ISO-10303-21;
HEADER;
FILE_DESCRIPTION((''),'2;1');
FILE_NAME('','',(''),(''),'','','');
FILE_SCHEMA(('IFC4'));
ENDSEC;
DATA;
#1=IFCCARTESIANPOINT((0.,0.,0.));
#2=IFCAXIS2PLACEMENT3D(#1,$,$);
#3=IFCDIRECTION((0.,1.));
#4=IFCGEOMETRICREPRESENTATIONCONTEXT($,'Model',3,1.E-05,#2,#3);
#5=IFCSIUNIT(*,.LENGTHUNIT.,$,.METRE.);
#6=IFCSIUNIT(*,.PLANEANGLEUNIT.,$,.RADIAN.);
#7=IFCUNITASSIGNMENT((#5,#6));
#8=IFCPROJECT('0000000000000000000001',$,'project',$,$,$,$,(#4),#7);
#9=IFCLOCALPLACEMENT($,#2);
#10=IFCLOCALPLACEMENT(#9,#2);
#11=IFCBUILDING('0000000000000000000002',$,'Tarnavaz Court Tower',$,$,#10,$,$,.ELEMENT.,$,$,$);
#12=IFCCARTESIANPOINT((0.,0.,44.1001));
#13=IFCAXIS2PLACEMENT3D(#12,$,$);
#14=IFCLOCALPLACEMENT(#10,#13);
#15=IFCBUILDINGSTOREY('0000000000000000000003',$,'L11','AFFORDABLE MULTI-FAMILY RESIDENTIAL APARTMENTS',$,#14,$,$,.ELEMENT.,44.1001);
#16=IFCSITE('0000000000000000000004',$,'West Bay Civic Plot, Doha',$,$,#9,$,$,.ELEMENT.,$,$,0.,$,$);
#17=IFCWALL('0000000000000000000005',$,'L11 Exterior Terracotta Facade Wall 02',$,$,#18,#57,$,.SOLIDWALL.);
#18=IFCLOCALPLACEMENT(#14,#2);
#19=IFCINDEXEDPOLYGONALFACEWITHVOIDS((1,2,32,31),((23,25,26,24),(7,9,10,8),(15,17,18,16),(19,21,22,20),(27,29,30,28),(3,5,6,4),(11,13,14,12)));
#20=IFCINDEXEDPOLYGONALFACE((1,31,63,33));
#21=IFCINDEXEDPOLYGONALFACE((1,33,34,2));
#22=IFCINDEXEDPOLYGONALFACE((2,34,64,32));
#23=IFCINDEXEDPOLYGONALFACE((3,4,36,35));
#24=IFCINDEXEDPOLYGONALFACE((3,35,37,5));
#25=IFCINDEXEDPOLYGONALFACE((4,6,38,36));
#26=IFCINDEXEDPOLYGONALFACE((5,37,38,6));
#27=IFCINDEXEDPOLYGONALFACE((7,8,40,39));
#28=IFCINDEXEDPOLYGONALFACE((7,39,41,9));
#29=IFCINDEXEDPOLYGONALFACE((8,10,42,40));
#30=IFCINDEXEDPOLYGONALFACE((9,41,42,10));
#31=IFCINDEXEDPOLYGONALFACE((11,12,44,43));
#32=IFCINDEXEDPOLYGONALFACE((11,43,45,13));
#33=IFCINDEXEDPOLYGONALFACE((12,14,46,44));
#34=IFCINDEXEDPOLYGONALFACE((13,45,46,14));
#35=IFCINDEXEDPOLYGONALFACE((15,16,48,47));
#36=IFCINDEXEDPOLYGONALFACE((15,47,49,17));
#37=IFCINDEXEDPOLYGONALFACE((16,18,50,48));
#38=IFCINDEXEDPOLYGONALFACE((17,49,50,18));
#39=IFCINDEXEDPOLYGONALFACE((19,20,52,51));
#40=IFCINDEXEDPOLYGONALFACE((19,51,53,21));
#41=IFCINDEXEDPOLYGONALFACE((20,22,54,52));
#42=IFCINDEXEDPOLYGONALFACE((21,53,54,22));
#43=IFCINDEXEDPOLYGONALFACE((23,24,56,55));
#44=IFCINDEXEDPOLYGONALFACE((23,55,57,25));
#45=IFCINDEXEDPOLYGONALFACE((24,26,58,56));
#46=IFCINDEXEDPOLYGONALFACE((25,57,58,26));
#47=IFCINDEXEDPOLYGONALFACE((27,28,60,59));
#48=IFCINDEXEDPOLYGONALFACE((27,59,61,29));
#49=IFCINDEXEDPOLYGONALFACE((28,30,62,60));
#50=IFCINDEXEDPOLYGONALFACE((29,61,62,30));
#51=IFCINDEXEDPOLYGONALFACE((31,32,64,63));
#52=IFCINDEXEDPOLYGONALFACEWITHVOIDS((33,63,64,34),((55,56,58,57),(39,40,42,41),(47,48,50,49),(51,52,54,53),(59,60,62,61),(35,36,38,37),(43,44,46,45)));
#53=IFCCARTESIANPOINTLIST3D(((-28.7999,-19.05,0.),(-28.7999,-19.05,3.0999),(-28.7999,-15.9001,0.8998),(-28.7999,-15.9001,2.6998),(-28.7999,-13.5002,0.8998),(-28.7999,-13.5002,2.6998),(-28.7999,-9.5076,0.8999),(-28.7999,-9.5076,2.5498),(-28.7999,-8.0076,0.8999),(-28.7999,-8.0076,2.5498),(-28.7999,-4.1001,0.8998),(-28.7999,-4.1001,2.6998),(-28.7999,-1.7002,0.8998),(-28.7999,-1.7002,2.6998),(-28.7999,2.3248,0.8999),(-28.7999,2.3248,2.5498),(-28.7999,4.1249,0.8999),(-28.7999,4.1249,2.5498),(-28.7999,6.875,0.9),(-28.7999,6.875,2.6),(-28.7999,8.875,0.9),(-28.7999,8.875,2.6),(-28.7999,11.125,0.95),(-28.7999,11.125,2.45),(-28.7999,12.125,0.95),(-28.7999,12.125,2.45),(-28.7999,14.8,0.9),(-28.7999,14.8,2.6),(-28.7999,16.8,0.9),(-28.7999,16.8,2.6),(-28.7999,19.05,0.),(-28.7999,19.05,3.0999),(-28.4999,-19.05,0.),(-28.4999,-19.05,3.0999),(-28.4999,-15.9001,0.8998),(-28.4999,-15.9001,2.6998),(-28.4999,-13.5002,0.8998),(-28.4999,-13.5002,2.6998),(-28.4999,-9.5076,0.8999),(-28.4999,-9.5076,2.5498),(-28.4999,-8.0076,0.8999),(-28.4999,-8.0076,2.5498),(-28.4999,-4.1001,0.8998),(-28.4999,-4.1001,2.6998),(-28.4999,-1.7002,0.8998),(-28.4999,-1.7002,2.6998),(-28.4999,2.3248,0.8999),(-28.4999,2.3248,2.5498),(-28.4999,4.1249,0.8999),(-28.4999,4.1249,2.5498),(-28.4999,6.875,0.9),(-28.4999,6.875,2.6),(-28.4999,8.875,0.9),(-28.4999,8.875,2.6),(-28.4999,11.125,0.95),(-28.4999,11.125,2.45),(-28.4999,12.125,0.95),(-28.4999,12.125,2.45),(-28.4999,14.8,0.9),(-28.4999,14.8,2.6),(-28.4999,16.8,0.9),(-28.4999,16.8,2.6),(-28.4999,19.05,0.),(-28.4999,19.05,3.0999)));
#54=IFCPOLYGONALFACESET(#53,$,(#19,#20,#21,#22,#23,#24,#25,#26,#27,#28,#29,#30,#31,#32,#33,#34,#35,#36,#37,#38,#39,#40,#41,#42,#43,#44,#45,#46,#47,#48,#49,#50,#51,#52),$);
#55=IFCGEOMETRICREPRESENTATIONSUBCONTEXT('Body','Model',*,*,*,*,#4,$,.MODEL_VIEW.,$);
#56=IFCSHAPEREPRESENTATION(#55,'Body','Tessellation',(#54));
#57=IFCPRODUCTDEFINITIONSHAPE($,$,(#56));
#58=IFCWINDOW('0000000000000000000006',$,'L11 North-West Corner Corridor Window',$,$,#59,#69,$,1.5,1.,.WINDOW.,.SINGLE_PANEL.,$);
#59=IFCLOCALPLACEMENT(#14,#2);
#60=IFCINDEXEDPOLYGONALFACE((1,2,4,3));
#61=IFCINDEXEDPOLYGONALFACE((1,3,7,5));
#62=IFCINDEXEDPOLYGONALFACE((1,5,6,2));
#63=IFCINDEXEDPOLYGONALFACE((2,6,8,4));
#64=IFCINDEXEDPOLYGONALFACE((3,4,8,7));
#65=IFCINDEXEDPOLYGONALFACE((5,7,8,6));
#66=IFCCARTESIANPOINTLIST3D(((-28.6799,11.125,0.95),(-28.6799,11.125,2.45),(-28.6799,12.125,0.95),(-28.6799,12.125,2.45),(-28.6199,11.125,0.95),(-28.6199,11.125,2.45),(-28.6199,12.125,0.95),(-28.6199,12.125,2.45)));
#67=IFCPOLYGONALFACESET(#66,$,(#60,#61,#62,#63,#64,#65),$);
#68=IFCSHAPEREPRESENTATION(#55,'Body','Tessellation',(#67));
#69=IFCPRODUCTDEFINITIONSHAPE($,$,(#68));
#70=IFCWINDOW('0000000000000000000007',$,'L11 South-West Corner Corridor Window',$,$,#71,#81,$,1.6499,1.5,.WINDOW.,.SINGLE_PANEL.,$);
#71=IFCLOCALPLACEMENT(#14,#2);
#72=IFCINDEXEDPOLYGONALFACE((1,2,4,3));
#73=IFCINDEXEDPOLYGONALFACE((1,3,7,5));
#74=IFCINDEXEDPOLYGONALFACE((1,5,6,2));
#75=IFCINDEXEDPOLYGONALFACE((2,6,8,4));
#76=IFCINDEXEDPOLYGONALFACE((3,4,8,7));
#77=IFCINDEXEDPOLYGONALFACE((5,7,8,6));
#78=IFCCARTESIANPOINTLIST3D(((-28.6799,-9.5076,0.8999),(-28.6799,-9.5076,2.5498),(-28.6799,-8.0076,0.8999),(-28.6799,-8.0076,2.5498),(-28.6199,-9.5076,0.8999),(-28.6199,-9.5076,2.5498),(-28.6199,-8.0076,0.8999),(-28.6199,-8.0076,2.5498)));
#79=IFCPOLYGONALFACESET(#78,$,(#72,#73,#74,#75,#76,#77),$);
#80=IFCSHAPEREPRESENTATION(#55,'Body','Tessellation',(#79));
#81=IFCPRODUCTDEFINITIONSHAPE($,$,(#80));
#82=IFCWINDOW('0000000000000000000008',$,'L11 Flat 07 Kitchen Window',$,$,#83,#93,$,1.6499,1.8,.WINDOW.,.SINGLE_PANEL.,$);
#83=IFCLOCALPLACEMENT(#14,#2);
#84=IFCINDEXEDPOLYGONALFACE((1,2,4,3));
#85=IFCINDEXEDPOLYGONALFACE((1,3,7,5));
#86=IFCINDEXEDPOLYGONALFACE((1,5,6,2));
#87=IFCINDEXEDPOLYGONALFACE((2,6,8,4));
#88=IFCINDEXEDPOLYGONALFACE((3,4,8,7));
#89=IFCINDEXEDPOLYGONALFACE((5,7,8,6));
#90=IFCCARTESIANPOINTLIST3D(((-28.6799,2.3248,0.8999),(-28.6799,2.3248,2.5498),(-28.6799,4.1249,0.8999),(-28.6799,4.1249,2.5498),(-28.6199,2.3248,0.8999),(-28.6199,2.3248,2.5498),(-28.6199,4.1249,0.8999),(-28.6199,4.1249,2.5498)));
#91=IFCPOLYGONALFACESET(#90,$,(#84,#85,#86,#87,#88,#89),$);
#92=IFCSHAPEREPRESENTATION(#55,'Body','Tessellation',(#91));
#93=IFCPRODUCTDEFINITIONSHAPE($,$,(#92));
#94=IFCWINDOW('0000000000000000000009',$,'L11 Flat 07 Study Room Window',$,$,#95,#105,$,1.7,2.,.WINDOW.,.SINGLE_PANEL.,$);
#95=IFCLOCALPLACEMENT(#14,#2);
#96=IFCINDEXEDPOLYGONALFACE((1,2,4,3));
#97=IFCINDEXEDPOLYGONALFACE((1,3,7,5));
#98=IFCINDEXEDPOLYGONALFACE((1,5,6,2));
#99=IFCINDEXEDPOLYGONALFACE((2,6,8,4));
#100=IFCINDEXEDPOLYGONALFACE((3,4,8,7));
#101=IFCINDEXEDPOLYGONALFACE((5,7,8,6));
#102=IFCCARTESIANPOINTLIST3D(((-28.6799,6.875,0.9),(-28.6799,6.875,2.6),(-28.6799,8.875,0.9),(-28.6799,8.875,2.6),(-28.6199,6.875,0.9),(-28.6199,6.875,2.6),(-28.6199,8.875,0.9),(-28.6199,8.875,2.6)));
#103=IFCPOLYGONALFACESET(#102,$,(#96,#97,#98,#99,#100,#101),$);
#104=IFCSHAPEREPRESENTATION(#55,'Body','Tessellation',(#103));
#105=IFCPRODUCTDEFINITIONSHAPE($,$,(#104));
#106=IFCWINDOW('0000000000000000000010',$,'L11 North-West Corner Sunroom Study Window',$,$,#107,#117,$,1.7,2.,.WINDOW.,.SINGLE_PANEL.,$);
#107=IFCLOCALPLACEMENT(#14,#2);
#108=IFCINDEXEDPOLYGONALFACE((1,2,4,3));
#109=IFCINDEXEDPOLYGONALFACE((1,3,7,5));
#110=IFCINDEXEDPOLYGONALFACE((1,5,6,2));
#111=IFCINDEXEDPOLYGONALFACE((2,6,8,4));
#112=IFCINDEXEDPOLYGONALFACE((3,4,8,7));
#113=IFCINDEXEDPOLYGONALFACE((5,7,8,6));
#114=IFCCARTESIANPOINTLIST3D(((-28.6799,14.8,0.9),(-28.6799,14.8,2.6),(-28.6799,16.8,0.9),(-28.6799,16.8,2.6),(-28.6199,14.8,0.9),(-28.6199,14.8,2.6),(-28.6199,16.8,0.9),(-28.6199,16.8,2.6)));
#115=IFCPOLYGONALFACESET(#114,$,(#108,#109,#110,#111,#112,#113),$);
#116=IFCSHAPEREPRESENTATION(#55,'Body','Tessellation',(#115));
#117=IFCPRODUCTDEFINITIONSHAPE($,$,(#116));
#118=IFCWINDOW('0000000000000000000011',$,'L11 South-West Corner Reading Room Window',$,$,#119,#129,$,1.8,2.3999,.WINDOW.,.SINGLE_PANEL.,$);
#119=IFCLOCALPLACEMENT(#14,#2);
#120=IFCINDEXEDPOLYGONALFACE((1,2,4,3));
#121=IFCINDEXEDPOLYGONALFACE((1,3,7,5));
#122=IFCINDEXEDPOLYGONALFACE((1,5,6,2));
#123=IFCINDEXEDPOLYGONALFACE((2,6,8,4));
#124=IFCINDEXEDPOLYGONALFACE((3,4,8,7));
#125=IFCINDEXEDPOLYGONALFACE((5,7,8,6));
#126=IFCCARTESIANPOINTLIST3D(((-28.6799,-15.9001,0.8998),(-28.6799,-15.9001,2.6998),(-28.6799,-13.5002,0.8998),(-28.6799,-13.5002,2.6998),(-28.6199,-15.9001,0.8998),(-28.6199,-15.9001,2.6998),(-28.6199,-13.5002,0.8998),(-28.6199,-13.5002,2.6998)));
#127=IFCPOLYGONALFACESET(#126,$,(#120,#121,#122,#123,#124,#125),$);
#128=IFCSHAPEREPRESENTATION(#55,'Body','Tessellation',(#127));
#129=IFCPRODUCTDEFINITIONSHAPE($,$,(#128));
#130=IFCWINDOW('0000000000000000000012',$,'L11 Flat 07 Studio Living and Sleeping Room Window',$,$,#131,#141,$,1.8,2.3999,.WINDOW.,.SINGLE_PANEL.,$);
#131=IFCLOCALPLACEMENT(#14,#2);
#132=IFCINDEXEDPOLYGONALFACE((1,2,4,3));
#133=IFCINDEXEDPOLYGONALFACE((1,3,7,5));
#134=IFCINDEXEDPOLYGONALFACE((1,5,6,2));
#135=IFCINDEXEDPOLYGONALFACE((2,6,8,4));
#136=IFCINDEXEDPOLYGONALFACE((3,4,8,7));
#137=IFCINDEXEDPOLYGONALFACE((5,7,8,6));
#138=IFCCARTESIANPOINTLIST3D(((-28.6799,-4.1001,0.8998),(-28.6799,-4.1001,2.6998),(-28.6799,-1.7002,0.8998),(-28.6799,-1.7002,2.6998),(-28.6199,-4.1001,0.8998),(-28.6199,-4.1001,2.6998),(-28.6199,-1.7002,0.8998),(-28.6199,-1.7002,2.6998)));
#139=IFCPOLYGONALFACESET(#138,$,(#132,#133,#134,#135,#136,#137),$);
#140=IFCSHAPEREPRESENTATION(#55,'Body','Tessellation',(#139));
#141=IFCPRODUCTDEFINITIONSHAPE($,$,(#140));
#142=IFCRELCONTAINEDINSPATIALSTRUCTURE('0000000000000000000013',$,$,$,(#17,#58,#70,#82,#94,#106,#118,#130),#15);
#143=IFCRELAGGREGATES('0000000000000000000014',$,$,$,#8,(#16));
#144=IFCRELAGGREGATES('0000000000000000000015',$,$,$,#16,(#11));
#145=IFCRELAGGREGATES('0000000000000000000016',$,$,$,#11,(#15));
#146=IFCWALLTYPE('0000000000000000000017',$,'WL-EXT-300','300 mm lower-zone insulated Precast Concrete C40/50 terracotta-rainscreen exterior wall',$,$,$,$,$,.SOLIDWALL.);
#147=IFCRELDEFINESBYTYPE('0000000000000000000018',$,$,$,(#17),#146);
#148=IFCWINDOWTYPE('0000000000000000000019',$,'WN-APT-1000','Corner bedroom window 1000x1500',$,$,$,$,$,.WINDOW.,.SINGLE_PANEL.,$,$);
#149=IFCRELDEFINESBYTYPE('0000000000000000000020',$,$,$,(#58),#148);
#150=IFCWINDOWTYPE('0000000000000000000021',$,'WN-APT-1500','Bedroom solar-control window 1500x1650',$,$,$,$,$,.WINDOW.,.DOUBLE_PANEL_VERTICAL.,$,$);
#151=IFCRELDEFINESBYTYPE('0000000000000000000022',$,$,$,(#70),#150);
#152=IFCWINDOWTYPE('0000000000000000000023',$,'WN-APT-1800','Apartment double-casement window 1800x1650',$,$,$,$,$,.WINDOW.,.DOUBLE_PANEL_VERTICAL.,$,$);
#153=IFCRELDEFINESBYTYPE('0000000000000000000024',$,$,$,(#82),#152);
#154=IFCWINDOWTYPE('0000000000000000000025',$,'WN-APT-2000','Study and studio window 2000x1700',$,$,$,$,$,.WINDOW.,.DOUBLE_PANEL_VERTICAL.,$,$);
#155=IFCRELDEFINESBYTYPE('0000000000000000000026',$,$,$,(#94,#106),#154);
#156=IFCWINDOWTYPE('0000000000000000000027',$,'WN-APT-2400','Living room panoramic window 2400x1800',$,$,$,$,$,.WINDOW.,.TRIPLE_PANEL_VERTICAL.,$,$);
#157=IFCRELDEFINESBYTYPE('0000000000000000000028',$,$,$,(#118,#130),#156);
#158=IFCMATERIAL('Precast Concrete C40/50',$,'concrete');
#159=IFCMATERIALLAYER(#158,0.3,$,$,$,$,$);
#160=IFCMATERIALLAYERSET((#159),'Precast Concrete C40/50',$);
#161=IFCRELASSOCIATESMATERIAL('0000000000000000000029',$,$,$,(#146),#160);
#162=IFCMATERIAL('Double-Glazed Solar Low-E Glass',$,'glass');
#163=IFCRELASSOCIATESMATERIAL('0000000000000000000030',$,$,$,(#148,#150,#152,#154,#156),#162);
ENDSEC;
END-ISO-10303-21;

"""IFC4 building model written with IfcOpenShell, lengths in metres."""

from ifc_helpers import new_model, si_unit, direction, frame, frame_2d, origin, place, context, subcontext, project, spatial, rectangle, extrude, material, layer, layer_set, type_object, element, fill, save


model = new_model("IFC4")

# Units and contexts
model_context = context("Model", 3, precision=1e-05, world=origin(), true_north=direction((0.0, 1.0)))
body_context = subcontext(model_context, "Body", "Model", "MODEL_VIEW")
ifc_project = project(units=[si_unit("LENGTHUNIT", "METRE"), si_unit("PLANEANGLEUNIT", "RADIAN")], contexts=[model_context])

# Site, building, storey
site_placement = place(None, origin())
site = spatial("IfcSite", under=ifc_project, at=site_placement, Name="West Bay Civic Plot, Doha", CompositionType="ELEMENT", RefElevation=0.0)
building_placement = place(site_placement, origin())
building = spatial("IfcBuilding", under=site, at=building_placement, Name="Tarnavaz Court Tower", CompositionType="ELEMENT")
storey_placement = place(building_placement, frame((0.0, 0.0, 44.1001)))
storey = spatial("IfcBuildingStorey", under=building, at=storey_placement, Name="L11", Description="AFFORDABLE MULTI-FAMILY RESIDENTIAL APARTMENTS", CompositionType="ELEMENT", Elevation=44.1001)

# Wall, openings, windows
ifc_material_1 = material(Name="Precast Concrete C40/50", Category="concrete")
ifc_layer_1 = layer(ifc_material_1, 0.3)
ifc_layer_set_1 = layer_set([ifc_layer_1], Name="Precast Concrete C40/50")
wall_type_1 = type_object("IfcWallType", Name="WL-EXT-300", Description="300 mm lower-zone insulated Precast Concrete C40/50 terracotta-rainscreen exterior wall", PredefinedType="SOLIDWALL", material=ifc_layer_set_1)
wall_1_placement = place(storey_placement, frame((-28.6499, -19.05, 0.0), z_axis=(0.0, 0.0, 1.0), x_axis=(0.0, 1.0, 0.0)))
wall_1 = element("IfcWall", 1, at=wall_1_placement, inside=storey, type_object=wall_type_1, Name="L11 Exterior Terracotta Facade Wall 02", PredefinedType="SOLIDWALL", context=body_context, shape_type="SweptSolid", body=[
    extrude(rectangle(XDim=38.1001, YDim=0.3, at=frame_2d((19.05, 0.0))), origin(), (0.0, 0.0, 1.0), 3.0999),
])
opening_1_placement = place(wall_1_placement, frame((3.1499, 0.0, 0.8999)))
opening_1 = element("IfcOpeningElement", 2, at=opening_1_placement, cuts=wall_1, PredefinedType="OPENING", context=body_context, shape_type="SweptSolid", body=[
    extrude(rectangle(XDim=2.3999, YDim=1.8, at=frame_2d((1.2, 0.8999))), frame((0.0, 0.1599, 0.0), z_axis=(0.0, -1.0, 0.0), x_axis=(1.0, 0.0, 0.0)), (0.0, 0.0, 1.0), 0.3201),
])
opening_2_placement = place(wall_1_placement, frame((9.5425, 0.0, 0.8999)))
opening_2 = element("IfcOpeningElement", 3, at=opening_2_placement, cuts=wall_1, PredefinedType="OPENING", context=body_context, shape_type="SweptSolid", body=[
    extrude(rectangle(XDim=1.5, YDim=1.6499, at=frame_2d((0.75, 0.825))), frame((0.0, 0.1599, 0.0), z_axis=(0.0, -1.0, 0.0), x_axis=(1.0, 0.0, 0.0)), (0.0, 0.0, 1.0), 0.3201),
])
opening_3_placement = place(wall_1_placement, frame((14.95, 0.0, 0.8999)))
opening_3 = element("IfcOpeningElement", 4, at=opening_3_placement, cuts=wall_1, PredefinedType="OPENING", context=body_context, shape_type="SweptSolid", body=[
    extrude(rectangle(XDim=2.3999, YDim=1.8, at=frame_2d((1.2, 0.8999))), frame((0.0, 0.1599, 0.0), z_axis=(0.0, -1.0, 0.0), x_axis=(1.0, 0.0, 0.0)), (0.0, 0.0, 1.0), 0.3201),
])
opening_4_placement = place(wall_1_placement, frame((21.375, 0.0, 0.8999)))
opening_4 = element("IfcOpeningElement", 5, at=opening_4_placement, cuts=wall_1, PredefinedType="OPENING", context=body_context, shape_type="SweptSolid", body=[
    extrude(rectangle(XDim=1.8, YDim=1.6499, at=frame_2d((0.8999, 0.825))), frame((0.0, 0.1599, 0.0), z_axis=(0.0, -1.0, 0.0), x_axis=(1.0, 0.0, 0.0)), (0.0, 0.0, 1.0), 0.3201),
])
opening_5_placement = place(wall_1_placement, frame((25.925, 0.0, 0.8999)))
opening_5 = element("IfcOpeningElement", 6, at=opening_5_placement, cuts=wall_1, PredefinedType="OPENING", context=body_context, shape_type="SweptSolid", body=[
    extrude(rectangle(XDim=2.0, YDim=1.7, at=frame_2d((1.0, 0.8501))), frame((0.0, 0.1599, 0.0), z_axis=(0.0, -1.0, 0.0), x_axis=(1.0, 0.0, 0.0)), (0.0, 0.0, 1.0), 0.3201),
])
opening_6_placement = place(wall_1_placement, frame((30.175, 0.0, 0.95)))
opening_6 = element("IfcOpeningElement", 7, at=opening_6_placement, cuts=wall_1, PredefinedType="OPENING", context=body_context, shape_type="SweptSolid", body=[
    extrude(rectangle(XDim=1.0, YDim=1.5, at=frame_2d((0.5, 0.75))), frame((0.0, 0.1599, 0.0), z_axis=(0.0, -1.0, 0.0), x_axis=(1.0, 0.0, 0.0)), (0.0, 0.0, 1.0), 0.3201),
])
opening_7_placement = place(wall_1_placement, frame((33.8501, 0.0, 0.8999)))
opening_7 = element("IfcOpeningElement", 8, at=opening_7_placement, cuts=wall_1, PredefinedType="OPENING", context=body_context, shape_type="SweptSolid", body=[
    extrude(rectangle(XDim=2.0, YDim=1.7, at=frame_2d((1.0, 0.8501))), frame((0.0, 0.1599, 0.0), z_axis=(0.0, -1.0, 0.0), x_axis=(1.0, 0.0, 0.0)), (0.0, 0.0, 1.0), 0.3201),
])
ifc_material_2 = material(Name="Double-Glazed Solar Low-E Glass", Category="glass")
window_type_1 = type_object("IfcWindowType", Name="WN-APT-1000", Description="Corner bedroom window 1000x1500", PartitioningType="SINGLE_PANEL", PredefinedType="WINDOW", material=ifc_material_2)
window_1_placement = place(opening_6_placement, origin())
window_1 = element("IfcWindow", 9, at=window_1_placement, inside=storey, type_object=window_type_1, Name="L11 North-West Corner Corridor Window", OverallHeight=1.5, OverallWidth=1.0, PartitioningType="SINGLE_PANEL", PredefinedType="WINDOW", context=body_context, shape_type="SweptSolid", body=[
    extrude(rectangle(XDim=1.0, YDim=1.5, at=frame_2d((0.5, 0.75))), frame((0.0, 0.03, 0.0), z_axis=(0.0, -1.0, 0.0), x_axis=(1.0, 0.0, 0.0)), (0.0, 0.0, 1.0), 0.0601),
])
fill(opening_6, window_1)
window_type_2 = type_object("IfcWindowType", Name="WN-APT-1500", Description="Bedroom solar-control window 1500x1650", PartitioningType="DOUBLE_PANEL_VERTICAL", PredefinedType="WINDOW", material=ifc_material_2)
window_2_placement = place(opening_2_placement, origin())
window_2 = element("IfcWindow", 10, at=window_2_placement, inside=storey, type_object=window_type_2, Name="L11 South-West Corner Corridor Window", OverallHeight=1.6499, OverallWidth=1.5, PartitioningType="SINGLE_PANEL", PredefinedType="WINDOW", context=body_context, shape_type="SweptSolid", body=[
    extrude(rectangle(XDim=1.5, YDim=1.6499, at=frame_2d((0.75, 0.825))), frame((0.0, 0.03, 0.0), z_axis=(0.0, -1.0, 0.0), x_axis=(1.0, 0.0, 0.0)), (0.0, 0.0, 1.0), 0.0601),
])
fill(opening_2, window_2)
window_type_3 = type_object("IfcWindowType", Name="WN-APT-1800", Description="Apartment double-casement window 1800x1650", PartitioningType="DOUBLE_PANEL_VERTICAL", PredefinedType="WINDOW", material=ifc_material_2)
window_3_placement = place(opening_4_placement, origin())
window_3 = element("IfcWindow", 11, at=window_3_placement, inside=storey, type_object=window_type_3, Name="L11 Flat 07 Kitchen Window", OverallHeight=1.6499, OverallWidth=1.8, PartitioningType="SINGLE_PANEL", PredefinedType="WINDOW", context=body_context, shape_type="SweptSolid", body=[
    extrude(rectangle(XDim=1.8, YDim=1.6499, at=frame_2d((0.8999, 0.825))), frame((0.0, 0.03, 0.0), z_axis=(0.0, -1.0, 0.0), x_axis=(1.0, 0.0, 0.0)), (0.0, 0.0, 1.0), 0.0601),
])
fill(opening_4, window_3)
window_type_4 = type_object("IfcWindowType", Name="WN-APT-2000", Description="Study and studio window 2000x1700", PartitioningType="DOUBLE_PANEL_VERTICAL", PredefinedType="WINDOW", material=ifc_material_2)
window_4_placement = place(opening_5_placement, origin())
window_4 = element("IfcWindow", 12, at=window_4_placement, inside=storey, type_object=window_type_4, Name="L11 Flat 07 Study Room Window", OverallHeight=1.7, OverallWidth=2.0, PartitioningType="SINGLE_PANEL", PredefinedType="WINDOW", context=body_context, shape_type="SweptSolid", body=[
    extrude(rectangle(XDim=2.0, YDim=1.7, at=frame_2d((1.0, 0.8501))), frame((0.0, 0.03, 0.0), z_axis=(0.0, -1.0, 0.0), x_axis=(1.0, 0.0, 0.0)), (0.0, 0.0, 1.0), 0.0601),
])
fill(opening_5, window_4)
window_5_placement = place(opening_7_placement, origin())
window_5 = element("IfcWindow", 13, at=window_5_placement, inside=storey, type_object=window_type_4, Name="L11 North-West Corner Sunroom Study Window", OverallHeight=1.7, OverallWidth=2.0, PartitioningType="SINGLE_PANEL", PredefinedType="WINDOW", context=body_context, shape_type="SweptSolid", body=[
    extrude(rectangle(XDim=2.0, YDim=1.7, at=frame_2d((1.0, 0.8501))), frame((0.0, 0.03, 0.0), z_axis=(0.0, -1.0, 0.0), x_axis=(1.0, 0.0, 0.0)), (0.0, 0.0, 1.0), 0.0601),
])
fill(opening_7, window_5)
window_type_5 = type_object("IfcWindowType", Name="WN-APT-2400", Description="Living room panoramic window 2400x1800", PartitioningType="TRIPLE_PANEL_VERTICAL", PredefinedType="WINDOW", material=ifc_material_2)
window_6_placement = place(opening_1_placement, origin())
window_6 = element("IfcWindow", 14, at=window_6_placement, inside=storey, type_object=window_type_5, Name="L11 South-West Corner Reading Room Window", OverallHeight=1.8, OverallWidth=2.3999, PartitioningType="SINGLE_PANEL", PredefinedType="WINDOW", context=body_context, shape_type="SweptSolid", body=[
    extrude(rectangle(XDim=2.3999, YDim=1.8, at=frame_2d((1.2, 0.8999))), frame((0.0, 0.03, 0.0), z_axis=(0.0, -1.0, 0.0), x_axis=(1.0, 0.0, 0.0)), (0.0, 0.0, 1.0), 0.0601),
])
fill(opening_1, window_6)
window_7_placement = place(opening_3_placement, origin())
window_7 = element("IfcWindow", 15, at=window_7_placement, inside=storey, type_object=window_type_5, Name="L11 Flat 07 Studio Living and Sleeping Room Window", OverallHeight=1.8, OverallWidth=2.3999, PartitioningType="SINGLE_PANEL", PredefinedType="WINDOW", context=body_context, shape_type="SweptSolid", body=[
    extrude(rectangle(XDim=2.3999, YDim=1.8, at=frame_2d((1.2, 0.8999))), frame((0.0, 0.03, 0.0), z_axis=(0.0, -1.0, 0.0), x_axis=(1.0, 0.0, 0.0)), (0.0, 0.0, 1.0), 0.0601),
])
fill(opening_3, window_7)

save(model, "model.ifc")
